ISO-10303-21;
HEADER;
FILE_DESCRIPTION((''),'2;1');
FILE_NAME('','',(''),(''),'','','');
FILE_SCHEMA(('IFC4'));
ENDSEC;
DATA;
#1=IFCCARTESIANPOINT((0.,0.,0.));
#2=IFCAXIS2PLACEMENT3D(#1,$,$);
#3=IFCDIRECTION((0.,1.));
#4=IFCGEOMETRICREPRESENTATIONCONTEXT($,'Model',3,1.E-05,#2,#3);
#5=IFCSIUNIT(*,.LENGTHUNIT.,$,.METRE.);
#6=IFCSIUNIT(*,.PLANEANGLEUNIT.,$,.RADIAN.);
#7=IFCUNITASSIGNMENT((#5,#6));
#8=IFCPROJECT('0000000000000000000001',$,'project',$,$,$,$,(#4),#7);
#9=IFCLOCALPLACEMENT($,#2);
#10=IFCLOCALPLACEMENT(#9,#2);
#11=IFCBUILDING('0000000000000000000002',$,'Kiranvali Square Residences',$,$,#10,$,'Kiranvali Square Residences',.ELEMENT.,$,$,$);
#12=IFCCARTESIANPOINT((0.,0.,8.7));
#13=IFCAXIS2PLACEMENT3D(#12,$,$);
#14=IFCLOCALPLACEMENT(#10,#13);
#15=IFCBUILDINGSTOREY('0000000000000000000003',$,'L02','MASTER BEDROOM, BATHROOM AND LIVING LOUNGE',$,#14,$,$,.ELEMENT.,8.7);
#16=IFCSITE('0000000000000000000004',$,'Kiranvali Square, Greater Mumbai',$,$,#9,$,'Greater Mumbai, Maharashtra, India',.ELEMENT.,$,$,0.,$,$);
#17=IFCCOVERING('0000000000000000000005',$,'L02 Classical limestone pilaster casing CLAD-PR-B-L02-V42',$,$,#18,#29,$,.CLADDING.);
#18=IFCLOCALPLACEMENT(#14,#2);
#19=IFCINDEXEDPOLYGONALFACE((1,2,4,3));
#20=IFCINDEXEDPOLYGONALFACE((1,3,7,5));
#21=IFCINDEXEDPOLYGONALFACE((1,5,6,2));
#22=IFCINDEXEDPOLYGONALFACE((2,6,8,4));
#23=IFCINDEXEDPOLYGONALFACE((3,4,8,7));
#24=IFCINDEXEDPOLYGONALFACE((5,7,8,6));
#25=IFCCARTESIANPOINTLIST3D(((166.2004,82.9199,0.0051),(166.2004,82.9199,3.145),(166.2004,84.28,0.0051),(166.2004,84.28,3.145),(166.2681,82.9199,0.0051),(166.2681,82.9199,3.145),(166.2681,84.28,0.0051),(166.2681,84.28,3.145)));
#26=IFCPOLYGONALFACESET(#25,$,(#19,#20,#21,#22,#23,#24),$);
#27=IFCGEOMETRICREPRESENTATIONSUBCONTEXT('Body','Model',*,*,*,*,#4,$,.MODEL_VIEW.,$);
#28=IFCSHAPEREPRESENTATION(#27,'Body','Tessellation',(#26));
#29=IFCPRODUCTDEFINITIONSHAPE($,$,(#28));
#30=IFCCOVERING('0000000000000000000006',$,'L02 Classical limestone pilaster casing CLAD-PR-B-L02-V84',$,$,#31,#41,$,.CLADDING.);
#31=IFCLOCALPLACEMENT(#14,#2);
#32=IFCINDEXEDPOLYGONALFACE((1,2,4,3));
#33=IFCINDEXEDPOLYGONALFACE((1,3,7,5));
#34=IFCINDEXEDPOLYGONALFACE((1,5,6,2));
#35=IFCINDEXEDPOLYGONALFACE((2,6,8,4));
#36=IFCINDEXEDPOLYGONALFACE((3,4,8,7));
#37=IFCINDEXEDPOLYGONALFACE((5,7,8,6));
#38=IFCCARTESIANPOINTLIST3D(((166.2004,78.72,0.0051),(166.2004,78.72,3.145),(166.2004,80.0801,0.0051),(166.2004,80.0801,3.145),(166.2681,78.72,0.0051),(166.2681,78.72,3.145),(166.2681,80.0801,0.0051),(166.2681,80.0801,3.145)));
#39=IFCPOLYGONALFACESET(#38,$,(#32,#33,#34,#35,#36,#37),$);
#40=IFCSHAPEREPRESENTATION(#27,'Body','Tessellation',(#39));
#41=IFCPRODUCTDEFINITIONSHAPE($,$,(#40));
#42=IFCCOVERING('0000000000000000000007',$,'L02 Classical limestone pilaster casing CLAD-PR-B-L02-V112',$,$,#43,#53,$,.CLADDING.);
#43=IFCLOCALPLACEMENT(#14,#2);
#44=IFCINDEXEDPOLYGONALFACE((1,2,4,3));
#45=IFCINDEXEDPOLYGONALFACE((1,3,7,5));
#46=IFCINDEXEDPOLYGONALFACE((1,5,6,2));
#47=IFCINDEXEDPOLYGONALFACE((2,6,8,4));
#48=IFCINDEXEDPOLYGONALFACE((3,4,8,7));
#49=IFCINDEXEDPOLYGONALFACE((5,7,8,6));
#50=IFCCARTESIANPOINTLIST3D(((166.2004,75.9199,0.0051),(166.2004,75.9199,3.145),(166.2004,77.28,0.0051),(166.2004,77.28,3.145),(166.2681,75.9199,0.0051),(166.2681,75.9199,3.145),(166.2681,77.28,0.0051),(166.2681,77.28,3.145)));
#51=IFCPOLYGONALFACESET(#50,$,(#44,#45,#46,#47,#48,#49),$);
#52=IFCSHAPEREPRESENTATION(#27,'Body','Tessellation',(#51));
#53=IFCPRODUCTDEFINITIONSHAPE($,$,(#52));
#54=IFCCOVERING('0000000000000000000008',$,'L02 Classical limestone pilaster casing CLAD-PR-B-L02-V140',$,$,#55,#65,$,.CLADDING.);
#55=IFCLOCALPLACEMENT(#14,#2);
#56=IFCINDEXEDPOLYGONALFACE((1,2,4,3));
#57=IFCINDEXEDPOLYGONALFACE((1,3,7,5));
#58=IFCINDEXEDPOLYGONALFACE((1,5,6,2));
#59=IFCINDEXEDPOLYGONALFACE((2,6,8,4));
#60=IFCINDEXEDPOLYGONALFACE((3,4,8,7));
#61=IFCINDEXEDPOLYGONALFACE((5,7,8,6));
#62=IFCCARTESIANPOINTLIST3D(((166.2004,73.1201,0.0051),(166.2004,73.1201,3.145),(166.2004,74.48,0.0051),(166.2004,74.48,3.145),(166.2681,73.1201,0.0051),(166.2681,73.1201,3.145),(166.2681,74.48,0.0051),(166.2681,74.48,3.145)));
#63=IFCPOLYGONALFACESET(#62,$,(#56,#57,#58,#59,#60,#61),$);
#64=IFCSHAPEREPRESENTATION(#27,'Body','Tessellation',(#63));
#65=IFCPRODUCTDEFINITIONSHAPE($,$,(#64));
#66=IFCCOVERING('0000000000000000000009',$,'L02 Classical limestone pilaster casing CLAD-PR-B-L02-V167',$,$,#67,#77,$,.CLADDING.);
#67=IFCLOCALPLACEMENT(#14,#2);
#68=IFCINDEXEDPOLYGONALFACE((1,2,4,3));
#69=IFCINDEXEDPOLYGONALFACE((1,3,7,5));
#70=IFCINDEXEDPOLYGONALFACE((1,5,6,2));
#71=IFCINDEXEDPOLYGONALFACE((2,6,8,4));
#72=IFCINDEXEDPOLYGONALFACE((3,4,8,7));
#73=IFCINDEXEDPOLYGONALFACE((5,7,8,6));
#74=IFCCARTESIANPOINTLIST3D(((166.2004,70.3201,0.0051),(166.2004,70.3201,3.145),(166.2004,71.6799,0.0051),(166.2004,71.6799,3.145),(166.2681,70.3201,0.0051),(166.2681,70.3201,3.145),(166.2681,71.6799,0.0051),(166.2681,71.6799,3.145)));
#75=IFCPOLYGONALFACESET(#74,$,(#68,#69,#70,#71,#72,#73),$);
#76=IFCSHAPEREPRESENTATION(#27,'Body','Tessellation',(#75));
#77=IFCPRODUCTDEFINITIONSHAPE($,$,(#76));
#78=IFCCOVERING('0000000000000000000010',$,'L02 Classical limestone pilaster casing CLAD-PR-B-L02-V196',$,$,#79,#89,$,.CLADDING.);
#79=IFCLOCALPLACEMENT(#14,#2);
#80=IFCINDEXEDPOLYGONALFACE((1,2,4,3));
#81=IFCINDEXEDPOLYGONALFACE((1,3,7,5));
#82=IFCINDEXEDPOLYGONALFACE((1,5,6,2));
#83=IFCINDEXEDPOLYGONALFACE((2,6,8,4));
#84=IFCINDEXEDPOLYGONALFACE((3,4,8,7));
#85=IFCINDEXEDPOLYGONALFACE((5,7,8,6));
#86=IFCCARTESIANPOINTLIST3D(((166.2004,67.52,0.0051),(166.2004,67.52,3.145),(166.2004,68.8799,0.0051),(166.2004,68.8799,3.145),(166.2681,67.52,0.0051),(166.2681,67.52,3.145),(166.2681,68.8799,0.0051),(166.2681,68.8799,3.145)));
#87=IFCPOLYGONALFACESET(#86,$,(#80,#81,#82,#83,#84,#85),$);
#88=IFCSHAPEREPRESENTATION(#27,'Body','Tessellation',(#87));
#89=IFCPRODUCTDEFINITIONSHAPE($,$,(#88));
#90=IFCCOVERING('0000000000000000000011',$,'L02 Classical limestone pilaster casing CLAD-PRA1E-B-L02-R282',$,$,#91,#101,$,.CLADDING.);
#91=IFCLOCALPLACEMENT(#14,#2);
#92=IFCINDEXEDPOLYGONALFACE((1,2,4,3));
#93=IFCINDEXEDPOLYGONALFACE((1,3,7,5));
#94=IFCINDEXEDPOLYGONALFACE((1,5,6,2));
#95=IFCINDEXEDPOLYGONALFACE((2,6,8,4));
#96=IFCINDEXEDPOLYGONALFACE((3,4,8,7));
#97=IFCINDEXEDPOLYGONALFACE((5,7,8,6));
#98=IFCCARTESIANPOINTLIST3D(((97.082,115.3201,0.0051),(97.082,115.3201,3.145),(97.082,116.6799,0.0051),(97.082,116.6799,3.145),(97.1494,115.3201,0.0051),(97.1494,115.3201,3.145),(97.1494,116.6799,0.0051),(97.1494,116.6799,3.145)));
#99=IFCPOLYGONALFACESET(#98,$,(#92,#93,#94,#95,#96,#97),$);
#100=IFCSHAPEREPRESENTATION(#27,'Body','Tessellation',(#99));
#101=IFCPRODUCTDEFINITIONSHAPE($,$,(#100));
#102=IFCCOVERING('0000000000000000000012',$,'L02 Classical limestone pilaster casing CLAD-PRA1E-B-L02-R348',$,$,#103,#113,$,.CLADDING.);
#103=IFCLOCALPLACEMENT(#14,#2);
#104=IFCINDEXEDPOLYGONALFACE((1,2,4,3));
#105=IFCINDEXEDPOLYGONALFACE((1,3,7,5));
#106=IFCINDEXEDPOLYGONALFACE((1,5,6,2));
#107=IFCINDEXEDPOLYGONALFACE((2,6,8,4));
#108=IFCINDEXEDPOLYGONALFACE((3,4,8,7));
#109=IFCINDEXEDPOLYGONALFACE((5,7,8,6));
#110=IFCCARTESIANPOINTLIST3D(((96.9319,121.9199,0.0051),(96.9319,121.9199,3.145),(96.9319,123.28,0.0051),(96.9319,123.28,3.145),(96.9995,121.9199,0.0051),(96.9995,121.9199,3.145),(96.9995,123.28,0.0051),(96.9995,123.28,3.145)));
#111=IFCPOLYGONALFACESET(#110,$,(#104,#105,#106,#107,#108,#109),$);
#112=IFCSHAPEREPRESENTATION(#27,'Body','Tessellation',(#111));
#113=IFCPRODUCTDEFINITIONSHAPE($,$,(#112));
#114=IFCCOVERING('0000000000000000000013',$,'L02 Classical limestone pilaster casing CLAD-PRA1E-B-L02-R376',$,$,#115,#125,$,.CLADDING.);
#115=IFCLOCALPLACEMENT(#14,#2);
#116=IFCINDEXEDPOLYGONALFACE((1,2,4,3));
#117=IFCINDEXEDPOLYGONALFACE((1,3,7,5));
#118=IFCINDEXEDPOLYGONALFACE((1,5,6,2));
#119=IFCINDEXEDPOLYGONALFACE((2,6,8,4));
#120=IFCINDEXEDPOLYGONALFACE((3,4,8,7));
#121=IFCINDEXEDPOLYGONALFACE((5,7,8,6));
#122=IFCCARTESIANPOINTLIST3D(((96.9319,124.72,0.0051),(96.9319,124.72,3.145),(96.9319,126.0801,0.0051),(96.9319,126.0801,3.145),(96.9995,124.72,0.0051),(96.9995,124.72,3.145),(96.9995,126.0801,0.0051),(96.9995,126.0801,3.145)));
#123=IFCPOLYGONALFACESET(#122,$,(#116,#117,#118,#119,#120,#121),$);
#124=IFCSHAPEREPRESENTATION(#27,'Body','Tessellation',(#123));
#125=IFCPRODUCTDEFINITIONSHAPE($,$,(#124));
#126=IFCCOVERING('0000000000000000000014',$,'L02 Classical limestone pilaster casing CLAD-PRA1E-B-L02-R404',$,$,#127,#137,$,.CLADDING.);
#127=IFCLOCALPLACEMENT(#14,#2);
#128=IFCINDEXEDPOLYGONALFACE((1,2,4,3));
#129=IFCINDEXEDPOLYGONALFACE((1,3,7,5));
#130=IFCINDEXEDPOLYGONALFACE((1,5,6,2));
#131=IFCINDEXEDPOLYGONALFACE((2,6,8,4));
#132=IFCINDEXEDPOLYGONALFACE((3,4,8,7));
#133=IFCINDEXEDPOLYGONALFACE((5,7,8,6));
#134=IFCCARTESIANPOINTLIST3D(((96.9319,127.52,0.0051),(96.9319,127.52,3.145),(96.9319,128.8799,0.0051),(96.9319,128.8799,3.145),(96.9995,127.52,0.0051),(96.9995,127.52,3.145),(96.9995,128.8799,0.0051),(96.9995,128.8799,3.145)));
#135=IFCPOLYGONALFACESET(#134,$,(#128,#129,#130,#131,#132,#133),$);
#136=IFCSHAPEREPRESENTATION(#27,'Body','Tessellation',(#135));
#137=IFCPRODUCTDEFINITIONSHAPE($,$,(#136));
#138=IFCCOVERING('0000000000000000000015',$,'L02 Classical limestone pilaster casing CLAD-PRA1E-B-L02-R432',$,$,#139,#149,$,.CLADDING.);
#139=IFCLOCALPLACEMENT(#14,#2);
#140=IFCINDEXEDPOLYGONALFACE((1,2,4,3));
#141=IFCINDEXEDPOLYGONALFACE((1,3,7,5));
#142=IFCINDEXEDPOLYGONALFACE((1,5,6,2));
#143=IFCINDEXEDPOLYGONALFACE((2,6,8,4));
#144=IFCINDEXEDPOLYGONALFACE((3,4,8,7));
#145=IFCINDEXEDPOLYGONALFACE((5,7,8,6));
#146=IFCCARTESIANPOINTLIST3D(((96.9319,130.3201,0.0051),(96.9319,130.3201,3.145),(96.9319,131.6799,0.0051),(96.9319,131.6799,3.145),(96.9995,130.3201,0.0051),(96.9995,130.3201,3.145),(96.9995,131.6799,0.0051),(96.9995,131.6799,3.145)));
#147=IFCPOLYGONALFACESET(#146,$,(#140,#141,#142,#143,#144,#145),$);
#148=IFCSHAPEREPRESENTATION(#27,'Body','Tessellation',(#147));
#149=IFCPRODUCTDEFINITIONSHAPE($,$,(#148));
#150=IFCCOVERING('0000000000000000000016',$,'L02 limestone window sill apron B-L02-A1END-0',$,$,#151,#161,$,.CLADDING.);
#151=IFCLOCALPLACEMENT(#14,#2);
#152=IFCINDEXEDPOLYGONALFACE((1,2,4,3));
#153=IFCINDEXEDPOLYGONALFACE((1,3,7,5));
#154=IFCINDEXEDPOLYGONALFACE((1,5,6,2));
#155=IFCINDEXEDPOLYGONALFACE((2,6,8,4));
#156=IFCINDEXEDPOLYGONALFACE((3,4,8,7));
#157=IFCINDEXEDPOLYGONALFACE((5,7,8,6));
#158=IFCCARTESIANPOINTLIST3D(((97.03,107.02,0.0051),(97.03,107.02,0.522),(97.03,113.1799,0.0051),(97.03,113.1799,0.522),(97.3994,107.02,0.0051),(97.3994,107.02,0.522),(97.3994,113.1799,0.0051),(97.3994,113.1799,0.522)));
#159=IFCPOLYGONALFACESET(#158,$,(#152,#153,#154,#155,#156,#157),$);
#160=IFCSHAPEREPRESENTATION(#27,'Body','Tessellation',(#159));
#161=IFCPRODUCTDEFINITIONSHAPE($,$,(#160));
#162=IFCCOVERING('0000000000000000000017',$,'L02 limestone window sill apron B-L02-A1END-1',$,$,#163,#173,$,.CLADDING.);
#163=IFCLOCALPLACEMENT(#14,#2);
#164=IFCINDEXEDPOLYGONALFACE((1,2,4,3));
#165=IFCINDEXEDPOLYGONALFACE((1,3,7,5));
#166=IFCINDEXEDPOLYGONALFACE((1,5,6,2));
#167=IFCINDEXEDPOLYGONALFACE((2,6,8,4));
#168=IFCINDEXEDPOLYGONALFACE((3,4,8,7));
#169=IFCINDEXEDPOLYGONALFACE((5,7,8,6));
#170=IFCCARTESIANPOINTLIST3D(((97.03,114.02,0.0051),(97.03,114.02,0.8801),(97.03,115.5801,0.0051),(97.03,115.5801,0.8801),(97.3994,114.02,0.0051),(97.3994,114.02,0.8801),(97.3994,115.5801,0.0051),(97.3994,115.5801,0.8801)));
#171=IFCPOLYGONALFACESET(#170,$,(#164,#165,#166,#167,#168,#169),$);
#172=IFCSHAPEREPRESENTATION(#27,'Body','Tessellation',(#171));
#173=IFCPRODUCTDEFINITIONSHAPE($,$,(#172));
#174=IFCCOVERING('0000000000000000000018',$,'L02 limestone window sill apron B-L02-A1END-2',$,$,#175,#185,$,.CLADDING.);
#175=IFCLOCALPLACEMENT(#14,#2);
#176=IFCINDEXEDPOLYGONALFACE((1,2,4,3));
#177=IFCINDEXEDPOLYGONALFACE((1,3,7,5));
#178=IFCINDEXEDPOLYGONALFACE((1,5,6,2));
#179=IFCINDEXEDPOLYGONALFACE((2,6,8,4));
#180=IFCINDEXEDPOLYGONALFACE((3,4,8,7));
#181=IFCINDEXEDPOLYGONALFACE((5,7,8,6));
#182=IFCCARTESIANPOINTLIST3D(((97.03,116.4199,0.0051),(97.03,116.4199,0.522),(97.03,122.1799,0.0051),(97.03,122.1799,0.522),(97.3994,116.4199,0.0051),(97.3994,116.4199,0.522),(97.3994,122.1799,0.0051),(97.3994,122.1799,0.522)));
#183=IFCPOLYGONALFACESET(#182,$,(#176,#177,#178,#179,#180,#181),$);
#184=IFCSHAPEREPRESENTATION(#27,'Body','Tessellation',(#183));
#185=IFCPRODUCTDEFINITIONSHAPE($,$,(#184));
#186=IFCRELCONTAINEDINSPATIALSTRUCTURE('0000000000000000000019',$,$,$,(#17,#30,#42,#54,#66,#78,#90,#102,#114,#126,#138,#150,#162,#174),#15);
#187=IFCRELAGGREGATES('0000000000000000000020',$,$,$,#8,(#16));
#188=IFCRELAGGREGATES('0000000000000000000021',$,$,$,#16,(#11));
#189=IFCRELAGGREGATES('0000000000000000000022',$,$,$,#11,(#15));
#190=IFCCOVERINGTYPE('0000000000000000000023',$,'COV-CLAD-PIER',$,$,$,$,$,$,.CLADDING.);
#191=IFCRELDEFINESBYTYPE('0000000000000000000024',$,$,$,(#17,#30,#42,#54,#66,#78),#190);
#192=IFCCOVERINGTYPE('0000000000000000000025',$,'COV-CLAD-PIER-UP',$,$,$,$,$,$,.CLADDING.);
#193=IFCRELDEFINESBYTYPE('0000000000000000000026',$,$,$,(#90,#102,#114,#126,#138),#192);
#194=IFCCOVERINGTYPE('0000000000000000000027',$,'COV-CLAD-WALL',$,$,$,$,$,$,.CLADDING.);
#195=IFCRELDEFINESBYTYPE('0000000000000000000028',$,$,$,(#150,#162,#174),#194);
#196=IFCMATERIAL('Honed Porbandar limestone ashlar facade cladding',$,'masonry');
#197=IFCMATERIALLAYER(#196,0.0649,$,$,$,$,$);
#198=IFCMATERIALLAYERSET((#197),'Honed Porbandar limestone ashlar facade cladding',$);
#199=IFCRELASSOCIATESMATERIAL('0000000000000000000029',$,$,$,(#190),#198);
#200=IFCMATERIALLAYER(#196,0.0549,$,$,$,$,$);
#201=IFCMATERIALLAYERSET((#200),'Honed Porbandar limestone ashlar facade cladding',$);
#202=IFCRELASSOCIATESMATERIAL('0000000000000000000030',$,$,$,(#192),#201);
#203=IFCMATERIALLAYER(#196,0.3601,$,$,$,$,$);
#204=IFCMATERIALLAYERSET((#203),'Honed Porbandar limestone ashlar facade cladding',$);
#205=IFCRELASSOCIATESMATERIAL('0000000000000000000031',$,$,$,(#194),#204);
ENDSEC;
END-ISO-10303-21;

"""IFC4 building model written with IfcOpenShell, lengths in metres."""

from ifc_helpers import new_model, si_unit, direction, frame, origin, place, context, subcontext, project, spatial, polyline, outline, extrude, material, layer, layer_set, type_object, element, save


model = new_model("IFC4")

# Units and contexts
model_context = context("Model", 3, precision=1e-05, world=origin(), true_north=direction((0.0, 1.0)))
body_context = subcontext(model_context, "Body", "Model", "MODEL_VIEW")
ifc_project = project(units=[si_unit("LENGTHUNIT", "METRE"), si_unit("PLANEANGLEUNIT", "RADIAN")], contexts=[model_context])

# Site, building, storey
site_placement = place(None, origin())
site = spatial("IfcSite", under=ifc_project, at=site_placement, Name="Kiranvali Square, Greater Mumbai", LongName="Greater Mumbai, Maharashtra, India", CompositionType="ELEMENT", RefElevation=0.0)
building_placement = place(site_placement, origin())
building = spatial("IfcBuilding", under=site, at=building_placement, Name="Kiranvali Square Residences", LongName="Kiranvali Square Residences", CompositionType="ELEMENT")
storey_placement = place(building_placement, frame((0.0, 0.0, 8.7)))
storey = spatial("IfcBuildingStorey", under=building, at=storey_placement, Name="L02", Description="MASTER BEDROOM, BATHROOM AND LIVING LOUNGE", CompositionType="ELEMENT", Elevation=8.7)

# Coverings
ifc_material = material(Name="Honed Porbandar limestone ashlar facade cladding", Category="masonry")
ifc_layer_1 = layer(ifc_material, 0.0649)
ifc_layer_set_1 = layer_set([ifc_layer_1], Name="Honed Porbandar limestone ashlar facade cladding")
covering_type_1 = type_object("IfcCoveringType", Name="COV-CLAD-PIER", PredefinedType="CLADDING", material=ifc_layer_set_1)
covering_1_placement = place(storey_placement, frame((0.0, 0.0, 0.0051)))
element("IfcCovering", 1, at=covering_1_placement, inside=storey, type_object=covering_type_1, Name="L02 Classical limestone pilaster casing CLAD-PR-B-L02-V42", PredefinedType="CLADDING", context=body_context, shape_type="SweptSolid", body=[
    extrude(outline(polyline([(166.2004, 84.28), (166.2004, 82.9199), (166.2681, 82.9199), (166.2681, 84.28), (166.2004, 84.28)])), origin(), (0.0, 0.0, 1.0), 3.1399),
])
covering_2_placement = place(storey_placement, frame((0.0, 0.0, 0.0051)))
element("IfcCovering", 2, at=covering_2_placement, inside=storey, type_object=covering_type_1, Name="L02 Classical limestone pilaster casing CLAD-PR-B-L02-V84", PredefinedType="CLADDING", context=body_context, shape_type="SweptSolid", body=[
    extrude(outline(polyline([(166.2004, 80.0801), (166.2004, 78.72), (166.2681, 78.72), (166.2681, 80.0801), (166.2004, 80.0801)])), origin(), (0.0, 0.0, 1.0), 3.1399),
])
covering_3_placement = place(storey_placement, frame((0.0, 0.0, 0.0051)))
element("IfcCovering", 3, at=covering_3_placement, inside=storey, type_object=covering_type_1, Name="L02 Classical limestone pilaster casing CLAD-PR-B-L02-V112", PredefinedType="CLADDING", context=body_context, shape_type="SweptSolid", body=[
    extrude(outline(polyline([(166.2004, 77.28), (166.2004, 75.9199), (166.2681, 75.9199), (166.2681, 77.28), (166.2004, 77.28)])), origin(), (0.0, 0.0, 1.0), 3.1399),
])
covering_4_placement = place(storey_placement, frame((0.0, 0.0, 0.0051)))
element("IfcCovering", 4, at=covering_4_placement, inside=storey, type_object=covering_type_1, Name="L02 Classical limestone pilaster casing CLAD-PR-B-L02-V140", PredefinedType="CLADDING", context=body_context, shape_type="SweptSolid", body=[
    extrude(outline(polyline([(166.2004, 74.48), (166.2004, 73.1201), (166.2681, 73.1201), (166.2681, 74.48), (166.2004, 74.48)])), origin(), (0.0, 0.0, 1.0), 3.1399),
])
covering_5_placement = place(storey_placement, frame((0.0, 0.0, 0.0051)))
element("IfcCovering", 5, at=covering_5_placement, inside=storey, type_object=covering_type_1, Name="L02 Classical limestone pilaster casing CLAD-PR-B-L02-V167", PredefinedType="CLADDING", context=body_context, shape_type="SweptSolid", body=[
    extrude(outline(polyline([(166.2004, 71.6799), (166.2004, 70.3201), (166.2681, 70.3201), (166.2681, 71.6799), (166.2004, 71.6799)])), origin(), (0.0, 0.0, 1.0), 3.1399),
])
covering_6_placement = place(storey_placement, frame((0.0, 0.0, 0.0051)))
element("IfcCovering", 6, at=covering_6_placement, inside=storey, type_object=covering_type_1, Name="L02 Classical limestone pilaster casing CLAD-PR-B-L02-V196", PredefinedType="CLADDING", context=body_context, shape_type="SweptSolid", body=[
    extrude(outline(polyline([(166.2004, 68.8799), (166.2004, 67.52), (166.2681, 67.52), (166.2681, 68.8799), (166.2004, 68.8799)])), origin(), (0.0, 0.0, 1.0), 3.1399),
])
ifc_layer_2 = layer(ifc_material, 0.0549)
ifc_layer_set_2 = layer_set([ifc_layer_2], Name="Honed Porbandar limestone ashlar facade cladding")
covering_type_2 = type_object("IfcCoveringType", Name="COV-CLAD-PIER-UP", PredefinedType="CLADDING", material=ifc_layer_set_2)
covering_7_placement = place(storey_placement, frame((0.0, 0.0, 0.0051)))
element("IfcCovering", 7, at=covering_7_placement, inside=storey, type_object=covering_type_2, Name="L02 Classical limestone pilaster casing CLAD-PRA1E-B-L02-R282", PredefinedType="CLADDING", context=body_context, shape_type="SweptSolid", body=[
    extrude(outline(polyline([(97.1494, 115.3201), (97.1494, 116.6799), (97.082, 116.6799), (97.082, 115.3201), (97.1494, 115.3201)])), origin(), (0.0, 0.0, 1.0), 3.1399),
])
covering_8_placement = place(storey_placement, frame((0.0, 0.0, 0.0051)))
element("IfcCovering", 8, at=covering_8_placement, inside=storey, type_object=covering_type_2, Name="L02 Classical limestone pilaster casing CLAD-PRA1E-B-L02-R348", PredefinedType="CLADDING", context=body_context, shape_type="SweptSolid", body=[
    extrude(outline(polyline([(96.9995, 121.9199), (96.9995, 123.28), (96.9319, 123.28), (96.9319, 121.9199), (96.9995, 121.9199)])), origin(), (0.0, 0.0, 1.0), 3.1399),
])
covering_9_placement = place(storey_placement, frame((0.0, 0.0, 0.0051)))
element("IfcCovering", 9, at=covering_9_placement, inside=storey, type_object=covering_type_2, Name="L02 Classical limestone pilaster casing CLAD-PRA1E-B-L02-R376", PredefinedType="CLADDING", context=body_context, shape_type="SweptSolid", body=[
    extrude(outline(polyline([(96.9995, 124.72), (96.9995, 126.0801), (96.9319, 126.0801), (96.9319, 124.72), (96.9995, 124.72)])), origin(), (0.0, 0.0, 1.0), 3.1399),
])
covering_10_placement = place(storey_placement, frame((0.0, 0.0, 0.0051)))
element("IfcCovering", 10, at=covering_10_placement, inside=storey, type_object=covering_type_2, Name="L02 Classical limestone pilaster casing CLAD-PRA1E-B-L02-R404", PredefinedType="CLADDING", context=body_context, shape_type="SweptSolid", body=[
    extrude(outline(polyline([(96.9995, 127.52), (96.9995, 128.8799), (96.9319, 128.8799), (96.9319, 127.52), (96.9995, 127.52)])), origin(), (0.0, 0.0, 1.0), 3.1399),
])
covering_11_placement = place(storey_placement, frame((0.0, 0.0, 0.0051)))
element("IfcCovering", 11, at=covering_11_placement, inside=storey, type_object=covering_type_2, Name="L02 Classical limestone pilaster casing CLAD-PRA1E-B-L02-R432", PredefinedType="CLADDING", context=body_context, shape_type="SweptSolid", body=[
    extrude(outline(polyline([(96.9995, 130.3201), (96.9995, 131.6799), (96.9319, 131.6799), (96.9319, 130.3201), (96.9995, 130.3201)])), origin(), (0.0, 0.0, 1.0), 3.1399),
])
ifc_layer_3 = layer(ifc_material, 0.3601)
ifc_layer_set_3 = layer_set([ifc_layer_3], Name="Honed Porbandar limestone ashlar facade cladding")
covering_type_3 = type_object("IfcCoveringType", Name="COV-CLAD-WALL", PredefinedType="CLADDING", material=ifc_layer_set_3)
covering_12_placement = place(storey_placement, frame((0.0, 0.0, 0.0051)))
element("IfcCovering", 12, at=covering_12_placement, inside=storey, type_object=covering_type_3, Name="L02 limestone window sill apron B-L02-A1END-0", PredefinedType="CLADDING", context=body_context, shape_type="SweptSolid", body=[
    extrude(outline(polyline([(97.3994, 107.02), (97.3994, 113.1799), (97.03, 113.1799), (97.03, 107.02), (97.3994, 107.02)])), origin(), (0.0, 0.0, 1.0), 0.5168),
])
covering_13_placement = place(storey_placement, frame((0.0, 0.0, 0.0051)))
element("IfcCovering", 13, at=covering_13_placement, inside=storey, type_object=covering_type_3, Name="L02 limestone window sill apron B-L02-A1END-1", PredefinedType="CLADDING", context=body_context, shape_type="SweptSolid", body=[
    extrude(outline(polyline([(97.3994, 114.02), (97.3994, 115.5801), (97.03, 115.5801), (97.03, 114.02), (97.3994, 114.02)])), origin(), (0.0, 0.0, 1.0), 0.875),
])
covering_14_placement = place(storey_placement, frame((0.0, 0.0, 0.0051)))
element("IfcCovering", 14, at=covering_14_placement, inside=storey, type_object=covering_type_3, Name="L02 limestone window sill apron B-L02-A1END-2", PredefinedType="CLADDING", context=body_context, shape_type="SweptSolid", body=[
    extrude(outline(polyline([(97.3994, 116.4199), (97.3994, 122.1799), (97.03, 122.1799), (97.03, 116.4199), (97.3994, 116.4199)])), origin(), (0.0, 0.0, 1.0), 0.5168),
])

save(model, "model.ifc")
